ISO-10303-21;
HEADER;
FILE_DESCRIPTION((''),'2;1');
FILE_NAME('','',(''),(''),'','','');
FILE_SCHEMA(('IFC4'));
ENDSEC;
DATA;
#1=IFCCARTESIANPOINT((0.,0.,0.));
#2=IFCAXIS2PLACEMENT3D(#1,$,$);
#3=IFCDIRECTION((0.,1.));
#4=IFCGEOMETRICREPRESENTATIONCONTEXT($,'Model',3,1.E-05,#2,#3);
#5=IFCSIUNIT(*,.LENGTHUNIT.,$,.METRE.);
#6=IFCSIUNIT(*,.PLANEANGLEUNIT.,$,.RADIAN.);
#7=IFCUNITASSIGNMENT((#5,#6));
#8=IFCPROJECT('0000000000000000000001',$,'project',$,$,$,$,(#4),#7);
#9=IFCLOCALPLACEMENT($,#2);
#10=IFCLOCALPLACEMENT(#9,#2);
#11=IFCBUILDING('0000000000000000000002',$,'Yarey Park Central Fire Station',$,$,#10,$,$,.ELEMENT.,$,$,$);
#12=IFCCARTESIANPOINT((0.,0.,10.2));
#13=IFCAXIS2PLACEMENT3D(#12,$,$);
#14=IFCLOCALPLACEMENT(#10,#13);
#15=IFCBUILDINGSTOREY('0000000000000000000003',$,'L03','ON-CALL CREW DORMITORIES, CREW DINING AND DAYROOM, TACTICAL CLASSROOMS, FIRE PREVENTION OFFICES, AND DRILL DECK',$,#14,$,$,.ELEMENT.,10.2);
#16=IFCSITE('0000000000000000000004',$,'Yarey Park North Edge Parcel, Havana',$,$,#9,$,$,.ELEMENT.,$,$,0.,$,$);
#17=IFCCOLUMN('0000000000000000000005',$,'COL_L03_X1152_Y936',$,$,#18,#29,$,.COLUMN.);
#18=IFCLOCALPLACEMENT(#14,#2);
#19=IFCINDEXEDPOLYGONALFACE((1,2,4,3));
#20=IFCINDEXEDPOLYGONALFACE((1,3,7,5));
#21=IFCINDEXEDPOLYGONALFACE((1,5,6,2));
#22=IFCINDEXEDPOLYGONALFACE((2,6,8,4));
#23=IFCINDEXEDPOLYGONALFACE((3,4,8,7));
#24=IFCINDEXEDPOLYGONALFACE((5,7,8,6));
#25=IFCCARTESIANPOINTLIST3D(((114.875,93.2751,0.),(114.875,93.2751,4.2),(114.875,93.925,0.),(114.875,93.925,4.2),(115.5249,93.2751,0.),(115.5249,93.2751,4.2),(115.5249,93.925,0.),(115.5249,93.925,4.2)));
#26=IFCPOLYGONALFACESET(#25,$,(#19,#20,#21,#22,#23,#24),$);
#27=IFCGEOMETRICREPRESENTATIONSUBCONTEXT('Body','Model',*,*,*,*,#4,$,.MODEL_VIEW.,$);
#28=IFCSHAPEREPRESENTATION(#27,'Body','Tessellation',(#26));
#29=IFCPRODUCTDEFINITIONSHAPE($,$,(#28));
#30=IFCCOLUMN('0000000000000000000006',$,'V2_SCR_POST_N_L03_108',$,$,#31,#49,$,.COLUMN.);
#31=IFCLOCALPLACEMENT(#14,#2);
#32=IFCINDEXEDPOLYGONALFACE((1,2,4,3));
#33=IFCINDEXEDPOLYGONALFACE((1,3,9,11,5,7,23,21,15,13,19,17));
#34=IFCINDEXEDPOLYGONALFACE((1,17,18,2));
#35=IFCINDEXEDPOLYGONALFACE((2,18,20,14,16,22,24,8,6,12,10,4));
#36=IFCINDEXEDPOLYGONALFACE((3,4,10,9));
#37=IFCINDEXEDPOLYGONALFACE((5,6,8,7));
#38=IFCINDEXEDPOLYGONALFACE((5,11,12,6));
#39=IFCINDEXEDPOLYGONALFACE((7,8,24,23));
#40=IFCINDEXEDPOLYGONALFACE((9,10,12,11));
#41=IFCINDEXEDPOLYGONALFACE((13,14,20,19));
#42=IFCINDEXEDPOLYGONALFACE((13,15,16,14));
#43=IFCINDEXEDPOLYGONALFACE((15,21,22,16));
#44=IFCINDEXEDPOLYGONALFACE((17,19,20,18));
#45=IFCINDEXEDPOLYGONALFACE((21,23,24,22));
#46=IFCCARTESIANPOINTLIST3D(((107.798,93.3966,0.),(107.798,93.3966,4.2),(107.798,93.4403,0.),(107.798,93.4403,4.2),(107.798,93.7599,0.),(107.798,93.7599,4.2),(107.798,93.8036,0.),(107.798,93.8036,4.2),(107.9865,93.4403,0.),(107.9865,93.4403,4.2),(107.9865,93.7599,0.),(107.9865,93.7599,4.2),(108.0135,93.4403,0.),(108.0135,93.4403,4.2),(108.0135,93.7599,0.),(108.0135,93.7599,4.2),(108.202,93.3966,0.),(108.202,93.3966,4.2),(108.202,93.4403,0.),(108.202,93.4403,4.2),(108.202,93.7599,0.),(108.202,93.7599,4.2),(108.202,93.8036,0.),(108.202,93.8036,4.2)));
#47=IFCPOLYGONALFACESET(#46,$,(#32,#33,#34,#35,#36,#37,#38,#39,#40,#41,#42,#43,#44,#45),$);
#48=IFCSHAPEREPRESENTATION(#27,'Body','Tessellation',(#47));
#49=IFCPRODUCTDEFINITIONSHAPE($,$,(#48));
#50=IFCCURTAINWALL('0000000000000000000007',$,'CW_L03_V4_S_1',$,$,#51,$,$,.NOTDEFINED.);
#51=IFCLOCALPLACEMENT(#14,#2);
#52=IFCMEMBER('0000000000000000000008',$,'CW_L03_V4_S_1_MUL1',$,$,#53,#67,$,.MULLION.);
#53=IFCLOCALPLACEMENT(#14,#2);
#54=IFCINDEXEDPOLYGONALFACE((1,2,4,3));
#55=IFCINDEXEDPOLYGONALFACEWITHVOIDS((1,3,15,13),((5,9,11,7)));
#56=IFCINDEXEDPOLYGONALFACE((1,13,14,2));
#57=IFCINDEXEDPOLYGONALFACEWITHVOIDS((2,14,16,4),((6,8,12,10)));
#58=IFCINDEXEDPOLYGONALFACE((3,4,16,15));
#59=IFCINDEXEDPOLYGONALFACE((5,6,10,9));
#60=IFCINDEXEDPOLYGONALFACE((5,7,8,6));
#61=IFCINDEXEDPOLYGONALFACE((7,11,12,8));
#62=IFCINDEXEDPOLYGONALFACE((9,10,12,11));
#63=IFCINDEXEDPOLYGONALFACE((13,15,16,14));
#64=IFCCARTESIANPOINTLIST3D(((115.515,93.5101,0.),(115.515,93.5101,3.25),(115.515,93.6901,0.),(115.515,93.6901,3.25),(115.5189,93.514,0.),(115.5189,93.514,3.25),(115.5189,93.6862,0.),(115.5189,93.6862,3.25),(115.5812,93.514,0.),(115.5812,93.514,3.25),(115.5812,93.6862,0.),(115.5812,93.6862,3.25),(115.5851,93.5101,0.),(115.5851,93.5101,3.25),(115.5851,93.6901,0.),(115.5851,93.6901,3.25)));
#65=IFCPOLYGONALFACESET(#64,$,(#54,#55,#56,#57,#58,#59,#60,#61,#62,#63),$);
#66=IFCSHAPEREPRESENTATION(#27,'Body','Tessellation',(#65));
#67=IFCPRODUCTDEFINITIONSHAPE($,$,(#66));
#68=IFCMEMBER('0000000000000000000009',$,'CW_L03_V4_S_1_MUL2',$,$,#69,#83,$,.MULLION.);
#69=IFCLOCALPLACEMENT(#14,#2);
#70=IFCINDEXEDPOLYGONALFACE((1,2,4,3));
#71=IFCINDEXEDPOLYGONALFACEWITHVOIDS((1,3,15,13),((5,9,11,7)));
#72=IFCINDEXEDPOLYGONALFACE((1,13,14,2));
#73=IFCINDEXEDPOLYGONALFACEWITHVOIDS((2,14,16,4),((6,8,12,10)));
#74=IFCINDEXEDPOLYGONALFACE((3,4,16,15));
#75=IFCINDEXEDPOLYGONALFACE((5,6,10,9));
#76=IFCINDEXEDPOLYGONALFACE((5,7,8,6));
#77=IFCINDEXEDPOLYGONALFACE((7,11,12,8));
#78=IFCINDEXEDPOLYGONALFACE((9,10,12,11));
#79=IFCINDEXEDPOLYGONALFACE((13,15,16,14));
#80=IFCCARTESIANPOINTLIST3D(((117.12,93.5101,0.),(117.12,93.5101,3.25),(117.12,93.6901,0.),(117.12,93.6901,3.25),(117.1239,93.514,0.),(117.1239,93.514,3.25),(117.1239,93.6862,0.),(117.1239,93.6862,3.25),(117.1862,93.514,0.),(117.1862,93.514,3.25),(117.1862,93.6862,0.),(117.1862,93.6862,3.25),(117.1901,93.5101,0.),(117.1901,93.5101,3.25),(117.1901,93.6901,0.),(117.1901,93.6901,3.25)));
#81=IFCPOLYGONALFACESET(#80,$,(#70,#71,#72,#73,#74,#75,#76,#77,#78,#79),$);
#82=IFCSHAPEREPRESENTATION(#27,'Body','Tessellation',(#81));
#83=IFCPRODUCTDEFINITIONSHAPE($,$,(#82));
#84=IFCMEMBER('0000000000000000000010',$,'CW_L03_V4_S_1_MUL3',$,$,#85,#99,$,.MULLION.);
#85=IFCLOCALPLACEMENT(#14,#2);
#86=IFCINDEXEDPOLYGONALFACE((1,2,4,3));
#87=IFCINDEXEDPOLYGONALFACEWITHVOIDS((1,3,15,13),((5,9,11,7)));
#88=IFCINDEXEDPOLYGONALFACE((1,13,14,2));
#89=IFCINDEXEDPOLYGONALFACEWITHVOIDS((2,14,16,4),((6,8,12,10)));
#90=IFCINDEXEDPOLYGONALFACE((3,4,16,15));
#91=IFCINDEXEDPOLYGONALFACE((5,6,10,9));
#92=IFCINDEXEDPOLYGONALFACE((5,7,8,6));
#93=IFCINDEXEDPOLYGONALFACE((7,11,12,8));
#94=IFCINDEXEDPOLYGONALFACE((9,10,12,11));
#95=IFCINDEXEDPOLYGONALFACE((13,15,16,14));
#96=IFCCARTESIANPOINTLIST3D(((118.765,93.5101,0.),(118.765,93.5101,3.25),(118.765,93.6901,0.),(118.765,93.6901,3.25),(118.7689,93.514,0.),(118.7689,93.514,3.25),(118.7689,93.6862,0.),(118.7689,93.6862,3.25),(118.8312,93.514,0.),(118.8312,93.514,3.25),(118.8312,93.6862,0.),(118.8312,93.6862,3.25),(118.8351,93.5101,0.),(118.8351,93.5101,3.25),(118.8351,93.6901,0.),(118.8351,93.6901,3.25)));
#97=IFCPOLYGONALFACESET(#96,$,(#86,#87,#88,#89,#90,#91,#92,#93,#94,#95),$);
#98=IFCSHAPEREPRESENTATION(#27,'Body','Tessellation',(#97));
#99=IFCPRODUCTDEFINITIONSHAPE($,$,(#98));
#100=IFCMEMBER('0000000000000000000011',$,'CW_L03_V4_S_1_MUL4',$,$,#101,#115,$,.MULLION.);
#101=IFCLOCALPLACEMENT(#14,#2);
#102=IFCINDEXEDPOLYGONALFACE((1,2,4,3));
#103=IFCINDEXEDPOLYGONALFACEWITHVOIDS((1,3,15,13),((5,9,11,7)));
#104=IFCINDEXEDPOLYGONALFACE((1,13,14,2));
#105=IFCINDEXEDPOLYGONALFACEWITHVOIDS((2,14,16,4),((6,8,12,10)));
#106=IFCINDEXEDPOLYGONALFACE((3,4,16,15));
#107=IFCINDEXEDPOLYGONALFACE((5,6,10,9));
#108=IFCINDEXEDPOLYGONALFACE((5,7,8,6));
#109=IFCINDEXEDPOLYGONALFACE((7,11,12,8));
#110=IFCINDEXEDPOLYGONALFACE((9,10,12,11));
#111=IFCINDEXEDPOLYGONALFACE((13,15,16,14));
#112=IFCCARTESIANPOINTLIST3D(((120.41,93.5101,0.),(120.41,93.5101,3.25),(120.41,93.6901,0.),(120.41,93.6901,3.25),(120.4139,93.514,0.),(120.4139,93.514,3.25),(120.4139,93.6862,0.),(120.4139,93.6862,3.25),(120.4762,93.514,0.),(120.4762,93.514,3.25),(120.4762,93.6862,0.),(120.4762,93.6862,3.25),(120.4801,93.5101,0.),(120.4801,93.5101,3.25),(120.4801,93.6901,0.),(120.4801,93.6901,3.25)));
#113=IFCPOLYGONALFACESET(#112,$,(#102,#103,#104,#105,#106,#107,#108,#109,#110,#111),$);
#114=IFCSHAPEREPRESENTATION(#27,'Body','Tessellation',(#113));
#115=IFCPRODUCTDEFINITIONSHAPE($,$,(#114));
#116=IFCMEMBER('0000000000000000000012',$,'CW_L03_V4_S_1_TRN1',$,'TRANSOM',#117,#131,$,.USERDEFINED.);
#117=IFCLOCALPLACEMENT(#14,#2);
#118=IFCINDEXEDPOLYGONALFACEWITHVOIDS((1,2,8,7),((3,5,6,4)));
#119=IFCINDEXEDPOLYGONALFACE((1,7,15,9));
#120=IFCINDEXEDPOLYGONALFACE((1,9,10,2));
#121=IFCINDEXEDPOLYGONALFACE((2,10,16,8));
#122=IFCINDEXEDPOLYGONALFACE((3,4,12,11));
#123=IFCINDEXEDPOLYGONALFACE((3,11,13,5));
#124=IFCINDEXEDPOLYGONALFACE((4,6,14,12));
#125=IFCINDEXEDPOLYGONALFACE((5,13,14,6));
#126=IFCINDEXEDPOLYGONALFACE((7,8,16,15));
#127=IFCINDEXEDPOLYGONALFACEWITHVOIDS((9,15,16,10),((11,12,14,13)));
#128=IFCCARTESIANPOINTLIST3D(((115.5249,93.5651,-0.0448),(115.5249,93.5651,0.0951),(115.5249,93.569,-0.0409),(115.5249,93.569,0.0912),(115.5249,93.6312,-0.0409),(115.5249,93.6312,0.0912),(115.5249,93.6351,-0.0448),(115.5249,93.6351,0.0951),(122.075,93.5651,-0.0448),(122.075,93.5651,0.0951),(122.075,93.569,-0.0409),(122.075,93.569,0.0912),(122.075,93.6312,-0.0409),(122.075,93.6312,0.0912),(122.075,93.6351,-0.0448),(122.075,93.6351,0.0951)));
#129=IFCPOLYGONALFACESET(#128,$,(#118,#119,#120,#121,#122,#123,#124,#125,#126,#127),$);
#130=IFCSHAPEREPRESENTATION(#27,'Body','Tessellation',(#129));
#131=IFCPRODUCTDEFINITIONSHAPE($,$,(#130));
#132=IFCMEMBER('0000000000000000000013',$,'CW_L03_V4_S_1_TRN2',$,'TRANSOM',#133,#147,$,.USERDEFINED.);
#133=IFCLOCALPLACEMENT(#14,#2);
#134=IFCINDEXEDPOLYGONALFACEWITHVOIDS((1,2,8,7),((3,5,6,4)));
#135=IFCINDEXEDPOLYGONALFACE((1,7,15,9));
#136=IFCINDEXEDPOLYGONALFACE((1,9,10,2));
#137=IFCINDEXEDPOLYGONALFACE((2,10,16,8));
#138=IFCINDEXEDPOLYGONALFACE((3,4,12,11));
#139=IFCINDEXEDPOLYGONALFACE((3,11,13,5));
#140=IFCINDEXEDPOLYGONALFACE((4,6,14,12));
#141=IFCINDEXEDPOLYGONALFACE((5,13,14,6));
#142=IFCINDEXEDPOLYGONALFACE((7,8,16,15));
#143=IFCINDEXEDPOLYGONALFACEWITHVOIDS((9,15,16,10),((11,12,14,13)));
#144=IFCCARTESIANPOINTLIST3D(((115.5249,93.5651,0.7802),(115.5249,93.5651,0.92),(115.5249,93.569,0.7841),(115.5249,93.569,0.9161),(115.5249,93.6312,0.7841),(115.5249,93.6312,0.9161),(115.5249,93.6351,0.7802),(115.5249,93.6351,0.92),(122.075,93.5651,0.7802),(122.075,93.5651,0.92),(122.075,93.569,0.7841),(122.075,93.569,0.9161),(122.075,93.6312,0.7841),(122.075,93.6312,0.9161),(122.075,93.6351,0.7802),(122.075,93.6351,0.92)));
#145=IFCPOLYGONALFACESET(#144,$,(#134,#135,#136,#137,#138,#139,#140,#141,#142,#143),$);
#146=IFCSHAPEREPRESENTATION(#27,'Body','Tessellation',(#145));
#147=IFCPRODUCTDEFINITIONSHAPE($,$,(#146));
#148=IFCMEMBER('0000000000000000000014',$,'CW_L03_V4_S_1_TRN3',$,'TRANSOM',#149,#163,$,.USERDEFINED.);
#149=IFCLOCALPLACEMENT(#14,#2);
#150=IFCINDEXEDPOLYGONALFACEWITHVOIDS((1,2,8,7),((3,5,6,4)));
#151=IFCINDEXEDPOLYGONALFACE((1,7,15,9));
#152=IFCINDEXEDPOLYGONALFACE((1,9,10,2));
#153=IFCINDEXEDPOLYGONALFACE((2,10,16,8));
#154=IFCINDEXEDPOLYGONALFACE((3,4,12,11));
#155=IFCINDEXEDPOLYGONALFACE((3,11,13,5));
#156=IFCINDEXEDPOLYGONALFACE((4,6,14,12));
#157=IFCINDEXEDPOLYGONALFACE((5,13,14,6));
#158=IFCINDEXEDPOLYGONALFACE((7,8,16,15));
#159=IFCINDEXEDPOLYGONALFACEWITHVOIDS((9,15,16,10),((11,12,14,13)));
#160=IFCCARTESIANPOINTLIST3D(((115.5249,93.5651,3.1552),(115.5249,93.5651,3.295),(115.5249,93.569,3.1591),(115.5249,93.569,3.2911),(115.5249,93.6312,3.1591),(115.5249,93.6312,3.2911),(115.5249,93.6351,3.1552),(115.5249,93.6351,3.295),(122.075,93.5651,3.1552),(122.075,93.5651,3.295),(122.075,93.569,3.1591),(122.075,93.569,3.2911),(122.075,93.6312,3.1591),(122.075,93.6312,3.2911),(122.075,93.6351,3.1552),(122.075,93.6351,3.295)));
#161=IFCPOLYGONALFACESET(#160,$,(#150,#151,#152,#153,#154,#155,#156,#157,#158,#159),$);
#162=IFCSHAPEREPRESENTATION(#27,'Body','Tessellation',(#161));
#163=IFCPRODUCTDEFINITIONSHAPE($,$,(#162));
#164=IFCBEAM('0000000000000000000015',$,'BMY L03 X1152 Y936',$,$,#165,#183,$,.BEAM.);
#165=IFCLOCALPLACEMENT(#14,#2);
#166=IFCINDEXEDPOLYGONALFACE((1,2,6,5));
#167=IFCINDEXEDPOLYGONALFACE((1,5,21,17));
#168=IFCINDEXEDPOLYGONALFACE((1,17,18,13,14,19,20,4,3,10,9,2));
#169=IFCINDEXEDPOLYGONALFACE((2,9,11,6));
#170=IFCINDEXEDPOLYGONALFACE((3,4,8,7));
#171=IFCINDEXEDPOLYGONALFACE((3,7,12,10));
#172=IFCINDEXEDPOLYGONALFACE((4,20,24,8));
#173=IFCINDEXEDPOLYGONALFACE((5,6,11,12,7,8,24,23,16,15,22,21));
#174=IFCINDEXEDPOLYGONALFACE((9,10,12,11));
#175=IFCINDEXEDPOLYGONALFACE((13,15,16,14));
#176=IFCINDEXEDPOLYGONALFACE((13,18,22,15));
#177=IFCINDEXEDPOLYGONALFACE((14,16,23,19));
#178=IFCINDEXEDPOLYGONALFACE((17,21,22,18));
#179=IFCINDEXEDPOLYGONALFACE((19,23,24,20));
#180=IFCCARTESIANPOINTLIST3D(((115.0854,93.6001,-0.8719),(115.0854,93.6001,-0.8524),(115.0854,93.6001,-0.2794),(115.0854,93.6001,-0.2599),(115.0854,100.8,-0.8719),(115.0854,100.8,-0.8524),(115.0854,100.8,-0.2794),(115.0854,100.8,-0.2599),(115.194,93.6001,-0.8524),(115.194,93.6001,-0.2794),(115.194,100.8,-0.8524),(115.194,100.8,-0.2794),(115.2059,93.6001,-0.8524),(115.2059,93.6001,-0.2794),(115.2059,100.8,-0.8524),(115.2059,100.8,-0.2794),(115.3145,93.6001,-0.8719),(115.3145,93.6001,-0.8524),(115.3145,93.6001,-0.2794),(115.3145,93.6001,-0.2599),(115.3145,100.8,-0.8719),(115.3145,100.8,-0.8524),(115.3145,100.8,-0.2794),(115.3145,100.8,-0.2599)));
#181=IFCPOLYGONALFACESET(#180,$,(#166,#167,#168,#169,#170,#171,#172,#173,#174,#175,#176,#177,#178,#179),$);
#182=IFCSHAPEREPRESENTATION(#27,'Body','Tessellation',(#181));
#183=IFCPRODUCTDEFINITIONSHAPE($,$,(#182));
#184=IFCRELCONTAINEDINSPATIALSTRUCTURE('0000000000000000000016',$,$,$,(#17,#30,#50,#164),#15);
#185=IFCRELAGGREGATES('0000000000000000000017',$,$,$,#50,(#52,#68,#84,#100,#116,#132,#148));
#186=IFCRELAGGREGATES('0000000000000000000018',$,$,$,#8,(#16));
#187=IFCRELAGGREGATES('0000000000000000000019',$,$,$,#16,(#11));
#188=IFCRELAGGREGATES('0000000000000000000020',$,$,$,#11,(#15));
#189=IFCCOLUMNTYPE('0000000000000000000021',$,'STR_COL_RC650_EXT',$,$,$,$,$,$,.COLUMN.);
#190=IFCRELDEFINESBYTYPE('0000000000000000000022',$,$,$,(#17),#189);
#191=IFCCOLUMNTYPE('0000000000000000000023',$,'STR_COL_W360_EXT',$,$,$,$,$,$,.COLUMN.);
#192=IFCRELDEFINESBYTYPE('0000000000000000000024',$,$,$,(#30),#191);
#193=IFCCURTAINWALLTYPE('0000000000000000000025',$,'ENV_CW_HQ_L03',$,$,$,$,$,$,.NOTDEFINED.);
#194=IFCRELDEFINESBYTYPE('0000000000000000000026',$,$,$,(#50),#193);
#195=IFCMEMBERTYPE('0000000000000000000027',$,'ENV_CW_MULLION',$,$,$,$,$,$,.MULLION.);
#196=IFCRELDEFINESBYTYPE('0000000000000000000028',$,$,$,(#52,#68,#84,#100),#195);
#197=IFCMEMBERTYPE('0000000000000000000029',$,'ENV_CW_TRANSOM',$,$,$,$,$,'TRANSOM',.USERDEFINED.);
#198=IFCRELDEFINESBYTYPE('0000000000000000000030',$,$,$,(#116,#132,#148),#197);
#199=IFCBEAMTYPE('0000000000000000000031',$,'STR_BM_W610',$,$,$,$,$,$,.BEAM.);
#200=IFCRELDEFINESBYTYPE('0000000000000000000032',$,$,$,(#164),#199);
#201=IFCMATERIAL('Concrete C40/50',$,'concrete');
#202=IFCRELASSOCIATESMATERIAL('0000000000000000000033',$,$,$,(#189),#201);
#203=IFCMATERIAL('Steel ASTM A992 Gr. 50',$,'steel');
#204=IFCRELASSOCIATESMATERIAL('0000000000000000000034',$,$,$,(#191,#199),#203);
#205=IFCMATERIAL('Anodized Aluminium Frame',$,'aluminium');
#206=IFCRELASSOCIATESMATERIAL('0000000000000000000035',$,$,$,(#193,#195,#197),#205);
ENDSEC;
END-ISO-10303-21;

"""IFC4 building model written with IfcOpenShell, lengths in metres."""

from ifc_helpers import new_model, si_unit, direction, frame, origin, origin_2d, place, context, subcontext, project, spatial, rectangle, hollow_rectangle, i_section, extrude, material, material_profile, profile_set, type_object, element, aggregate, save


model = new_model("IFC4")

# Units and contexts
model_context = context("Model", 3, precision=1e-05, world=origin(), true_north=direction((0.0, 1.0)))
body_context = subcontext(model_context, "Body", "Model", "MODEL_VIEW")
ifc_project = project(units=[si_unit("LENGTHUNIT", "METRE"), si_unit("PLANEANGLEUNIT", "RADIAN")], contexts=[model_context])

# Site, building, storey
site_placement = place(None, origin())
site = spatial("IfcSite", under=ifc_project, at=site_placement, Name="Yarey Park North Edge Parcel, Havana", CompositionType="ELEMENT", RefElevation=0.0)
building_placement = place(site_placement, origin())
building = spatial("IfcBuilding", under=site, at=building_placement, Name="Yarey Park Central Fire Station", CompositionType="ELEMENT")
storey_placement = place(building_placement, frame((0.0, 0.0, 10.2)))
storey = spatial("IfcBuildingStorey", under=building, at=storey_placement, Name="L03", Description="ON-CALL CREW DORMITORIES, CREW DINING AND DAYROOM, TACTICAL CLASSROOMS, FIRE PREVENTION OFFICES, AND DRILL DECK", CompositionType="ELEMENT", Elevation=10.2)

# Columns
ifc_material_1 = material(Name="Concrete C40/50", Category="concrete")
ifc_material_profile_1 = material_profile(ifc_material_1, rectangle(XDim=0.6499, YDim=0.6499, at=origin_2d()), Name="RC 650x650")
ifc_profile_set_1 = profile_set([ifc_material_profile_1], Name="Concrete C40/50")
column_type_1 = type_object("IfcColumnType", Name="STR_COL_RC650_EXT", PredefinedType="COLUMN", material=ifc_profile_set_1)
column_1_placement = place(storey_placement, frame((115.2, 93.6001, 0.0), z_axis=(0.0, 0.0, 1.0), x_axis=(1.0, 0.0, 0.0)))
element("IfcColumn", 1, at=column_1_placement, inside=storey, type_object=column_type_1, Name="COL_L03_X1152_Y936", PredefinedType="COLUMN", context=body_context, shape_type="SweptSolid", body=[
    extrude(rectangle(XDim=0.6499, YDim=0.6499, at=origin_2d()), origin(), (0.0, 0.0, 1.0), 4.2),
])
ifc_material_2 = material(Name="Steel ASTM A992 Gr. 50", Category="steel")
ifc_material_profile_2 = material_profile(ifc_material_2, i_section(OverallWidth=0.4041, OverallDepth=0.407, WebThickness=0.0271, FlangeThickness=0.0437, at=origin_2d()), Name="W360x347")
ifc_profile_set_2 = profile_set([ifc_material_profile_2], Name="Steel ASTM A992 Gr. 50")
column_type_2 = type_object("IfcColumnType", Name="STR_COL_W360_EXT", PredefinedType="COLUMN", material=ifc_profile_set_2)
column_2_placement = place(storey_placement, frame((108.0, 93.6001, 0.0), z_axis=(0.0, 0.0, 1.0), x_axis=(1.0, 0.0, 0.0)))
element("IfcColumn", 2, at=column_2_placement, inside=storey, type_object=column_type_2, Name="V2_SCR_POST_N_L03_108", PredefinedType="COLUMN", context=body_context, shape_type="SweptSolid", body=[
    extrude(i_section(OverallWidth=0.4041, OverallDepth=0.407, WebThickness=0.0271, FlangeThickness=0.0437, at=origin_2d()), origin(), (0.0, 0.0, 1.0), 4.2),
])

# Curtain wall, members
ifc_material_3 = material(Name="Anodized Aluminium Frame", Category="aluminium")
curtain_wall_type = type_object("IfcCurtainWallType", Name="ENV_CW_HQ_L03", PredefinedType="NOTDEFINED", material=ifc_material_3)
curtain_wall_placement = place(storey_placement, origin())
curtain_wall = element("IfcCurtainWall", 3, at=curtain_wall_placement, inside=storey, type_object=curtain_wall_type, Name="CW_L03_V4_S_1", PredefinedType="NOTDEFINED")
ifc_material_profile_3 = material_profile(ifc_material_3, hollow_rectangle(XDim=0.0701, YDim=0.1799, WallThickness=0.0039, at=origin_2d()), Name="ALU 180x70x4")
ifc_profile_set_3 = profile_set([ifc_material_profile_3], Name="Anodized Aluminium Frame")
member_type_1 = type_object("IfcMemberType", Name="ENV_CW_MULLION", PredefinedType="MULLION", material=ifc_profile_set_3)
member_1_placement = place(storey_placement, frame((115.55, 93.6001, 0.0), z_axis=(0.0, 0.0, 1.0), x_axis=(1.0, 0.0, 0.0)))
member_1 = element("IfcMember", 4, at=member_1_placement, type_object=member_type_1, Name="CW_L03_V4_S_1_MUL1", PredefinedType="MULLION", context=body_context, shape_type="SweptSolid", body=[
    extrude(hollow_rectangle(XDim=0.0701, YDim=0.1799, WallThickness=0.0039, at=origin_2d()), origin(), (0.0, 0.0, 1.0), 3.25),
])
member_2_placement = place(storey_placement, frame((117.155, 93.6001, 0.0), z_axis=(0.0, 0.0, 1.0), x_axis=(1.0, 0.0, 0.0)))
member_2 = element("IfcMember", 5, at=member_2_placement, type_object=member_type_1, Name="CW_L03_V4_S_1_MUL2", PredefinedType="MULLION", context=body_context, shape_type="SweptSolid", body=[
    extrude(hollow_rectangle(XDim=0.0701, YDim=0.1799, WallThickness=0.0039, at=origin_2d()), origin(), (0.0, 0.0, 1.0), 3.25),
])
member_3_placement = place(storey_placement, frame((118.8, 93.6001, 0.0), z_axis=(0.0, 0.0, 1.0), x_axis=(1.0, 0.0, 0.0)))
member_3 = element("IfcMember", 6, at=member_3_placement, type_object=member_type_1, Name="CW_L03_V4_S_1_MUL3", PredefinedType="MULLION", context=body_context, shape_type="SweptSolid", body=[
    extrude(hollow_rectangle(XDim=0.0701, YDim=0.1799, WallThickness=0.0039, at=origin_2d()), origin(), (0.0, 0.0, 1.0), 3.25),
])
member_4_placement = place(storey_placement, frame((120.4451, 93.6001, 0.0), z_axis=(0.0, 0.0, 1.0), x_axis=(1.0, 0.0, 0.0)))
member_4 = element("IfcMember", 7, at=member_4_placement, type_object=member_type_1, Name="CW_L03_V4_S_1_MUL4", PredefinedType="MULLION", context=body_context, shape_type="SweptSolid", body=[
    extrude(hollow_rectangle(XDim=0.0701, YDim=0.1799, WallThickness=0.0039, at=origin_2d()), origin(), (0.0, 0.0, 1.0), 3.25),
])
ifc_material_profile_4 = material_profile(ifc_material_3, hollow_rectangle(XDim=0.0701, YDim=0.1399, WallThickness=0.0039, at=origin_2d()), Name="ALU 140x70x4")
ifc_profile_set_4 = profile_set([ifc_material_profile_4], Name="Anodized Aluminium Frame")
member_type_2 = type_object("IfcMemberType", Name="ENV_CW_TRANSOM", ElementType="TRANSOM", PredefinedType="USERDEFINED", material=ifc_profile_set_4)
member_5_placement = place(storey_placement, frame((115.5249, 93.6001, 0.0251), z_axis=(1.0, 0.0, 0.0), x_axis=(0.0, 1.0, 0.0)))
member_5 = element("IfcMember", 8, at=member_5_placement, type_object=member_type_2, Name="CW_L03_V4_S_1_TRN1", ObjectType="TRANSOM", PredefinedType="USERDEFINED", context=body_context, shape_type="SweptSolid", body=[
    extrude(hollow_rectangle(XDim=0.0701, YDim=0.1399, WallThickness=0.0039, at=origin_2d()), origin(), (0.0, 0.0, 1.0), 6.55),
])
member_6_placement = place(storey_placement, frame((115.5249, 93.6001, 0.8501), z_axis=(1.0, 0.0, 0.0), x_axis=(0.0, 1.0, 0.0)))
member_6 = element("IfcMember", 9, at=member_6_placement, type_object=member_type_2, Name="CW_L03_V4_S_1_TRN2", ObjectType="TRANSOM", PredefinedType="USERDEFINED", context=body_context, shape_type="SweptSolid", body=[
    extrude(hollow_rectangle(XDim=0.0701, YDim=0.1399, WallThickness=0.0039, at=origin_2d()), origin(), (0.0, 0.0, 1.0), 6.55),
])
member_7_placement = place(storey_placement, frame((115.5249, 93.6001, 3.2251), z_axis=(1.0, 0.0, 0.0), x_axis=(0.0, 1.0, 0.0)))
member_7 = element("IfcMember", 10, at=member_7_placement, type_object=member_type_2, Name="CW_L03_V4_S_1_TRN3", ObjectType="TRANSOM", PredefinedType="USERDEFINED", context=body_context, shape_type="SweptSolid", body=[
    extrude(hollow_rectangle(XDim=0.0701, YDim=0.1399, WallThickness=0.0039, at=origin_2d()), origin(), (0.0, 0.0, 1.0), 6.55),
])

# Beam
ifc_material_profile_5 = material_profile(ifc_material_2, i_section(OverallWidth=0.229, OverallDepth=0.6121, WebThickness=0.012, FlangeThickness=0.0195, at=origin_2d()), Name="W610x125")
ifc_profile_set_5 = profile_set([ifc_material_profile_5], Name="Steel ASTM A992 Gr. 50")
beam_type_1 = type_object("IfcBeamType", Name="STR_BM_W610", PredefinedType="BEAM", material=ifc_profile_set_5)
beam_1_placement = place(storey_placement, frame((115.2, 93.6001, -0.5659), z_axis=(0.0, 1.0, 0.0), x_axis=(-1.0, 0.0, 0.0)))
element("IfcBeam", 11, at=beam_1_placement, inside=storey, type_object=beam_type_1, Name="BMY L03 X1152 Y936", PredefinedType="BEAM", context=body_context, shape_type="SweptSolid", body=[
    extrude(i_section(OverallWidth=0.229, OverallDepth=0.6121, WebThickness=0.012, FlangeThickness=0.0195, at=origin_2d()), origin(), (0.0, 0.0, 1.0), 7.2),
])

aggregate(curtain_wall, [member_1, member_2, member_3, member_4, member_5, member_6, member_7])

save(model, "model.ifc")
